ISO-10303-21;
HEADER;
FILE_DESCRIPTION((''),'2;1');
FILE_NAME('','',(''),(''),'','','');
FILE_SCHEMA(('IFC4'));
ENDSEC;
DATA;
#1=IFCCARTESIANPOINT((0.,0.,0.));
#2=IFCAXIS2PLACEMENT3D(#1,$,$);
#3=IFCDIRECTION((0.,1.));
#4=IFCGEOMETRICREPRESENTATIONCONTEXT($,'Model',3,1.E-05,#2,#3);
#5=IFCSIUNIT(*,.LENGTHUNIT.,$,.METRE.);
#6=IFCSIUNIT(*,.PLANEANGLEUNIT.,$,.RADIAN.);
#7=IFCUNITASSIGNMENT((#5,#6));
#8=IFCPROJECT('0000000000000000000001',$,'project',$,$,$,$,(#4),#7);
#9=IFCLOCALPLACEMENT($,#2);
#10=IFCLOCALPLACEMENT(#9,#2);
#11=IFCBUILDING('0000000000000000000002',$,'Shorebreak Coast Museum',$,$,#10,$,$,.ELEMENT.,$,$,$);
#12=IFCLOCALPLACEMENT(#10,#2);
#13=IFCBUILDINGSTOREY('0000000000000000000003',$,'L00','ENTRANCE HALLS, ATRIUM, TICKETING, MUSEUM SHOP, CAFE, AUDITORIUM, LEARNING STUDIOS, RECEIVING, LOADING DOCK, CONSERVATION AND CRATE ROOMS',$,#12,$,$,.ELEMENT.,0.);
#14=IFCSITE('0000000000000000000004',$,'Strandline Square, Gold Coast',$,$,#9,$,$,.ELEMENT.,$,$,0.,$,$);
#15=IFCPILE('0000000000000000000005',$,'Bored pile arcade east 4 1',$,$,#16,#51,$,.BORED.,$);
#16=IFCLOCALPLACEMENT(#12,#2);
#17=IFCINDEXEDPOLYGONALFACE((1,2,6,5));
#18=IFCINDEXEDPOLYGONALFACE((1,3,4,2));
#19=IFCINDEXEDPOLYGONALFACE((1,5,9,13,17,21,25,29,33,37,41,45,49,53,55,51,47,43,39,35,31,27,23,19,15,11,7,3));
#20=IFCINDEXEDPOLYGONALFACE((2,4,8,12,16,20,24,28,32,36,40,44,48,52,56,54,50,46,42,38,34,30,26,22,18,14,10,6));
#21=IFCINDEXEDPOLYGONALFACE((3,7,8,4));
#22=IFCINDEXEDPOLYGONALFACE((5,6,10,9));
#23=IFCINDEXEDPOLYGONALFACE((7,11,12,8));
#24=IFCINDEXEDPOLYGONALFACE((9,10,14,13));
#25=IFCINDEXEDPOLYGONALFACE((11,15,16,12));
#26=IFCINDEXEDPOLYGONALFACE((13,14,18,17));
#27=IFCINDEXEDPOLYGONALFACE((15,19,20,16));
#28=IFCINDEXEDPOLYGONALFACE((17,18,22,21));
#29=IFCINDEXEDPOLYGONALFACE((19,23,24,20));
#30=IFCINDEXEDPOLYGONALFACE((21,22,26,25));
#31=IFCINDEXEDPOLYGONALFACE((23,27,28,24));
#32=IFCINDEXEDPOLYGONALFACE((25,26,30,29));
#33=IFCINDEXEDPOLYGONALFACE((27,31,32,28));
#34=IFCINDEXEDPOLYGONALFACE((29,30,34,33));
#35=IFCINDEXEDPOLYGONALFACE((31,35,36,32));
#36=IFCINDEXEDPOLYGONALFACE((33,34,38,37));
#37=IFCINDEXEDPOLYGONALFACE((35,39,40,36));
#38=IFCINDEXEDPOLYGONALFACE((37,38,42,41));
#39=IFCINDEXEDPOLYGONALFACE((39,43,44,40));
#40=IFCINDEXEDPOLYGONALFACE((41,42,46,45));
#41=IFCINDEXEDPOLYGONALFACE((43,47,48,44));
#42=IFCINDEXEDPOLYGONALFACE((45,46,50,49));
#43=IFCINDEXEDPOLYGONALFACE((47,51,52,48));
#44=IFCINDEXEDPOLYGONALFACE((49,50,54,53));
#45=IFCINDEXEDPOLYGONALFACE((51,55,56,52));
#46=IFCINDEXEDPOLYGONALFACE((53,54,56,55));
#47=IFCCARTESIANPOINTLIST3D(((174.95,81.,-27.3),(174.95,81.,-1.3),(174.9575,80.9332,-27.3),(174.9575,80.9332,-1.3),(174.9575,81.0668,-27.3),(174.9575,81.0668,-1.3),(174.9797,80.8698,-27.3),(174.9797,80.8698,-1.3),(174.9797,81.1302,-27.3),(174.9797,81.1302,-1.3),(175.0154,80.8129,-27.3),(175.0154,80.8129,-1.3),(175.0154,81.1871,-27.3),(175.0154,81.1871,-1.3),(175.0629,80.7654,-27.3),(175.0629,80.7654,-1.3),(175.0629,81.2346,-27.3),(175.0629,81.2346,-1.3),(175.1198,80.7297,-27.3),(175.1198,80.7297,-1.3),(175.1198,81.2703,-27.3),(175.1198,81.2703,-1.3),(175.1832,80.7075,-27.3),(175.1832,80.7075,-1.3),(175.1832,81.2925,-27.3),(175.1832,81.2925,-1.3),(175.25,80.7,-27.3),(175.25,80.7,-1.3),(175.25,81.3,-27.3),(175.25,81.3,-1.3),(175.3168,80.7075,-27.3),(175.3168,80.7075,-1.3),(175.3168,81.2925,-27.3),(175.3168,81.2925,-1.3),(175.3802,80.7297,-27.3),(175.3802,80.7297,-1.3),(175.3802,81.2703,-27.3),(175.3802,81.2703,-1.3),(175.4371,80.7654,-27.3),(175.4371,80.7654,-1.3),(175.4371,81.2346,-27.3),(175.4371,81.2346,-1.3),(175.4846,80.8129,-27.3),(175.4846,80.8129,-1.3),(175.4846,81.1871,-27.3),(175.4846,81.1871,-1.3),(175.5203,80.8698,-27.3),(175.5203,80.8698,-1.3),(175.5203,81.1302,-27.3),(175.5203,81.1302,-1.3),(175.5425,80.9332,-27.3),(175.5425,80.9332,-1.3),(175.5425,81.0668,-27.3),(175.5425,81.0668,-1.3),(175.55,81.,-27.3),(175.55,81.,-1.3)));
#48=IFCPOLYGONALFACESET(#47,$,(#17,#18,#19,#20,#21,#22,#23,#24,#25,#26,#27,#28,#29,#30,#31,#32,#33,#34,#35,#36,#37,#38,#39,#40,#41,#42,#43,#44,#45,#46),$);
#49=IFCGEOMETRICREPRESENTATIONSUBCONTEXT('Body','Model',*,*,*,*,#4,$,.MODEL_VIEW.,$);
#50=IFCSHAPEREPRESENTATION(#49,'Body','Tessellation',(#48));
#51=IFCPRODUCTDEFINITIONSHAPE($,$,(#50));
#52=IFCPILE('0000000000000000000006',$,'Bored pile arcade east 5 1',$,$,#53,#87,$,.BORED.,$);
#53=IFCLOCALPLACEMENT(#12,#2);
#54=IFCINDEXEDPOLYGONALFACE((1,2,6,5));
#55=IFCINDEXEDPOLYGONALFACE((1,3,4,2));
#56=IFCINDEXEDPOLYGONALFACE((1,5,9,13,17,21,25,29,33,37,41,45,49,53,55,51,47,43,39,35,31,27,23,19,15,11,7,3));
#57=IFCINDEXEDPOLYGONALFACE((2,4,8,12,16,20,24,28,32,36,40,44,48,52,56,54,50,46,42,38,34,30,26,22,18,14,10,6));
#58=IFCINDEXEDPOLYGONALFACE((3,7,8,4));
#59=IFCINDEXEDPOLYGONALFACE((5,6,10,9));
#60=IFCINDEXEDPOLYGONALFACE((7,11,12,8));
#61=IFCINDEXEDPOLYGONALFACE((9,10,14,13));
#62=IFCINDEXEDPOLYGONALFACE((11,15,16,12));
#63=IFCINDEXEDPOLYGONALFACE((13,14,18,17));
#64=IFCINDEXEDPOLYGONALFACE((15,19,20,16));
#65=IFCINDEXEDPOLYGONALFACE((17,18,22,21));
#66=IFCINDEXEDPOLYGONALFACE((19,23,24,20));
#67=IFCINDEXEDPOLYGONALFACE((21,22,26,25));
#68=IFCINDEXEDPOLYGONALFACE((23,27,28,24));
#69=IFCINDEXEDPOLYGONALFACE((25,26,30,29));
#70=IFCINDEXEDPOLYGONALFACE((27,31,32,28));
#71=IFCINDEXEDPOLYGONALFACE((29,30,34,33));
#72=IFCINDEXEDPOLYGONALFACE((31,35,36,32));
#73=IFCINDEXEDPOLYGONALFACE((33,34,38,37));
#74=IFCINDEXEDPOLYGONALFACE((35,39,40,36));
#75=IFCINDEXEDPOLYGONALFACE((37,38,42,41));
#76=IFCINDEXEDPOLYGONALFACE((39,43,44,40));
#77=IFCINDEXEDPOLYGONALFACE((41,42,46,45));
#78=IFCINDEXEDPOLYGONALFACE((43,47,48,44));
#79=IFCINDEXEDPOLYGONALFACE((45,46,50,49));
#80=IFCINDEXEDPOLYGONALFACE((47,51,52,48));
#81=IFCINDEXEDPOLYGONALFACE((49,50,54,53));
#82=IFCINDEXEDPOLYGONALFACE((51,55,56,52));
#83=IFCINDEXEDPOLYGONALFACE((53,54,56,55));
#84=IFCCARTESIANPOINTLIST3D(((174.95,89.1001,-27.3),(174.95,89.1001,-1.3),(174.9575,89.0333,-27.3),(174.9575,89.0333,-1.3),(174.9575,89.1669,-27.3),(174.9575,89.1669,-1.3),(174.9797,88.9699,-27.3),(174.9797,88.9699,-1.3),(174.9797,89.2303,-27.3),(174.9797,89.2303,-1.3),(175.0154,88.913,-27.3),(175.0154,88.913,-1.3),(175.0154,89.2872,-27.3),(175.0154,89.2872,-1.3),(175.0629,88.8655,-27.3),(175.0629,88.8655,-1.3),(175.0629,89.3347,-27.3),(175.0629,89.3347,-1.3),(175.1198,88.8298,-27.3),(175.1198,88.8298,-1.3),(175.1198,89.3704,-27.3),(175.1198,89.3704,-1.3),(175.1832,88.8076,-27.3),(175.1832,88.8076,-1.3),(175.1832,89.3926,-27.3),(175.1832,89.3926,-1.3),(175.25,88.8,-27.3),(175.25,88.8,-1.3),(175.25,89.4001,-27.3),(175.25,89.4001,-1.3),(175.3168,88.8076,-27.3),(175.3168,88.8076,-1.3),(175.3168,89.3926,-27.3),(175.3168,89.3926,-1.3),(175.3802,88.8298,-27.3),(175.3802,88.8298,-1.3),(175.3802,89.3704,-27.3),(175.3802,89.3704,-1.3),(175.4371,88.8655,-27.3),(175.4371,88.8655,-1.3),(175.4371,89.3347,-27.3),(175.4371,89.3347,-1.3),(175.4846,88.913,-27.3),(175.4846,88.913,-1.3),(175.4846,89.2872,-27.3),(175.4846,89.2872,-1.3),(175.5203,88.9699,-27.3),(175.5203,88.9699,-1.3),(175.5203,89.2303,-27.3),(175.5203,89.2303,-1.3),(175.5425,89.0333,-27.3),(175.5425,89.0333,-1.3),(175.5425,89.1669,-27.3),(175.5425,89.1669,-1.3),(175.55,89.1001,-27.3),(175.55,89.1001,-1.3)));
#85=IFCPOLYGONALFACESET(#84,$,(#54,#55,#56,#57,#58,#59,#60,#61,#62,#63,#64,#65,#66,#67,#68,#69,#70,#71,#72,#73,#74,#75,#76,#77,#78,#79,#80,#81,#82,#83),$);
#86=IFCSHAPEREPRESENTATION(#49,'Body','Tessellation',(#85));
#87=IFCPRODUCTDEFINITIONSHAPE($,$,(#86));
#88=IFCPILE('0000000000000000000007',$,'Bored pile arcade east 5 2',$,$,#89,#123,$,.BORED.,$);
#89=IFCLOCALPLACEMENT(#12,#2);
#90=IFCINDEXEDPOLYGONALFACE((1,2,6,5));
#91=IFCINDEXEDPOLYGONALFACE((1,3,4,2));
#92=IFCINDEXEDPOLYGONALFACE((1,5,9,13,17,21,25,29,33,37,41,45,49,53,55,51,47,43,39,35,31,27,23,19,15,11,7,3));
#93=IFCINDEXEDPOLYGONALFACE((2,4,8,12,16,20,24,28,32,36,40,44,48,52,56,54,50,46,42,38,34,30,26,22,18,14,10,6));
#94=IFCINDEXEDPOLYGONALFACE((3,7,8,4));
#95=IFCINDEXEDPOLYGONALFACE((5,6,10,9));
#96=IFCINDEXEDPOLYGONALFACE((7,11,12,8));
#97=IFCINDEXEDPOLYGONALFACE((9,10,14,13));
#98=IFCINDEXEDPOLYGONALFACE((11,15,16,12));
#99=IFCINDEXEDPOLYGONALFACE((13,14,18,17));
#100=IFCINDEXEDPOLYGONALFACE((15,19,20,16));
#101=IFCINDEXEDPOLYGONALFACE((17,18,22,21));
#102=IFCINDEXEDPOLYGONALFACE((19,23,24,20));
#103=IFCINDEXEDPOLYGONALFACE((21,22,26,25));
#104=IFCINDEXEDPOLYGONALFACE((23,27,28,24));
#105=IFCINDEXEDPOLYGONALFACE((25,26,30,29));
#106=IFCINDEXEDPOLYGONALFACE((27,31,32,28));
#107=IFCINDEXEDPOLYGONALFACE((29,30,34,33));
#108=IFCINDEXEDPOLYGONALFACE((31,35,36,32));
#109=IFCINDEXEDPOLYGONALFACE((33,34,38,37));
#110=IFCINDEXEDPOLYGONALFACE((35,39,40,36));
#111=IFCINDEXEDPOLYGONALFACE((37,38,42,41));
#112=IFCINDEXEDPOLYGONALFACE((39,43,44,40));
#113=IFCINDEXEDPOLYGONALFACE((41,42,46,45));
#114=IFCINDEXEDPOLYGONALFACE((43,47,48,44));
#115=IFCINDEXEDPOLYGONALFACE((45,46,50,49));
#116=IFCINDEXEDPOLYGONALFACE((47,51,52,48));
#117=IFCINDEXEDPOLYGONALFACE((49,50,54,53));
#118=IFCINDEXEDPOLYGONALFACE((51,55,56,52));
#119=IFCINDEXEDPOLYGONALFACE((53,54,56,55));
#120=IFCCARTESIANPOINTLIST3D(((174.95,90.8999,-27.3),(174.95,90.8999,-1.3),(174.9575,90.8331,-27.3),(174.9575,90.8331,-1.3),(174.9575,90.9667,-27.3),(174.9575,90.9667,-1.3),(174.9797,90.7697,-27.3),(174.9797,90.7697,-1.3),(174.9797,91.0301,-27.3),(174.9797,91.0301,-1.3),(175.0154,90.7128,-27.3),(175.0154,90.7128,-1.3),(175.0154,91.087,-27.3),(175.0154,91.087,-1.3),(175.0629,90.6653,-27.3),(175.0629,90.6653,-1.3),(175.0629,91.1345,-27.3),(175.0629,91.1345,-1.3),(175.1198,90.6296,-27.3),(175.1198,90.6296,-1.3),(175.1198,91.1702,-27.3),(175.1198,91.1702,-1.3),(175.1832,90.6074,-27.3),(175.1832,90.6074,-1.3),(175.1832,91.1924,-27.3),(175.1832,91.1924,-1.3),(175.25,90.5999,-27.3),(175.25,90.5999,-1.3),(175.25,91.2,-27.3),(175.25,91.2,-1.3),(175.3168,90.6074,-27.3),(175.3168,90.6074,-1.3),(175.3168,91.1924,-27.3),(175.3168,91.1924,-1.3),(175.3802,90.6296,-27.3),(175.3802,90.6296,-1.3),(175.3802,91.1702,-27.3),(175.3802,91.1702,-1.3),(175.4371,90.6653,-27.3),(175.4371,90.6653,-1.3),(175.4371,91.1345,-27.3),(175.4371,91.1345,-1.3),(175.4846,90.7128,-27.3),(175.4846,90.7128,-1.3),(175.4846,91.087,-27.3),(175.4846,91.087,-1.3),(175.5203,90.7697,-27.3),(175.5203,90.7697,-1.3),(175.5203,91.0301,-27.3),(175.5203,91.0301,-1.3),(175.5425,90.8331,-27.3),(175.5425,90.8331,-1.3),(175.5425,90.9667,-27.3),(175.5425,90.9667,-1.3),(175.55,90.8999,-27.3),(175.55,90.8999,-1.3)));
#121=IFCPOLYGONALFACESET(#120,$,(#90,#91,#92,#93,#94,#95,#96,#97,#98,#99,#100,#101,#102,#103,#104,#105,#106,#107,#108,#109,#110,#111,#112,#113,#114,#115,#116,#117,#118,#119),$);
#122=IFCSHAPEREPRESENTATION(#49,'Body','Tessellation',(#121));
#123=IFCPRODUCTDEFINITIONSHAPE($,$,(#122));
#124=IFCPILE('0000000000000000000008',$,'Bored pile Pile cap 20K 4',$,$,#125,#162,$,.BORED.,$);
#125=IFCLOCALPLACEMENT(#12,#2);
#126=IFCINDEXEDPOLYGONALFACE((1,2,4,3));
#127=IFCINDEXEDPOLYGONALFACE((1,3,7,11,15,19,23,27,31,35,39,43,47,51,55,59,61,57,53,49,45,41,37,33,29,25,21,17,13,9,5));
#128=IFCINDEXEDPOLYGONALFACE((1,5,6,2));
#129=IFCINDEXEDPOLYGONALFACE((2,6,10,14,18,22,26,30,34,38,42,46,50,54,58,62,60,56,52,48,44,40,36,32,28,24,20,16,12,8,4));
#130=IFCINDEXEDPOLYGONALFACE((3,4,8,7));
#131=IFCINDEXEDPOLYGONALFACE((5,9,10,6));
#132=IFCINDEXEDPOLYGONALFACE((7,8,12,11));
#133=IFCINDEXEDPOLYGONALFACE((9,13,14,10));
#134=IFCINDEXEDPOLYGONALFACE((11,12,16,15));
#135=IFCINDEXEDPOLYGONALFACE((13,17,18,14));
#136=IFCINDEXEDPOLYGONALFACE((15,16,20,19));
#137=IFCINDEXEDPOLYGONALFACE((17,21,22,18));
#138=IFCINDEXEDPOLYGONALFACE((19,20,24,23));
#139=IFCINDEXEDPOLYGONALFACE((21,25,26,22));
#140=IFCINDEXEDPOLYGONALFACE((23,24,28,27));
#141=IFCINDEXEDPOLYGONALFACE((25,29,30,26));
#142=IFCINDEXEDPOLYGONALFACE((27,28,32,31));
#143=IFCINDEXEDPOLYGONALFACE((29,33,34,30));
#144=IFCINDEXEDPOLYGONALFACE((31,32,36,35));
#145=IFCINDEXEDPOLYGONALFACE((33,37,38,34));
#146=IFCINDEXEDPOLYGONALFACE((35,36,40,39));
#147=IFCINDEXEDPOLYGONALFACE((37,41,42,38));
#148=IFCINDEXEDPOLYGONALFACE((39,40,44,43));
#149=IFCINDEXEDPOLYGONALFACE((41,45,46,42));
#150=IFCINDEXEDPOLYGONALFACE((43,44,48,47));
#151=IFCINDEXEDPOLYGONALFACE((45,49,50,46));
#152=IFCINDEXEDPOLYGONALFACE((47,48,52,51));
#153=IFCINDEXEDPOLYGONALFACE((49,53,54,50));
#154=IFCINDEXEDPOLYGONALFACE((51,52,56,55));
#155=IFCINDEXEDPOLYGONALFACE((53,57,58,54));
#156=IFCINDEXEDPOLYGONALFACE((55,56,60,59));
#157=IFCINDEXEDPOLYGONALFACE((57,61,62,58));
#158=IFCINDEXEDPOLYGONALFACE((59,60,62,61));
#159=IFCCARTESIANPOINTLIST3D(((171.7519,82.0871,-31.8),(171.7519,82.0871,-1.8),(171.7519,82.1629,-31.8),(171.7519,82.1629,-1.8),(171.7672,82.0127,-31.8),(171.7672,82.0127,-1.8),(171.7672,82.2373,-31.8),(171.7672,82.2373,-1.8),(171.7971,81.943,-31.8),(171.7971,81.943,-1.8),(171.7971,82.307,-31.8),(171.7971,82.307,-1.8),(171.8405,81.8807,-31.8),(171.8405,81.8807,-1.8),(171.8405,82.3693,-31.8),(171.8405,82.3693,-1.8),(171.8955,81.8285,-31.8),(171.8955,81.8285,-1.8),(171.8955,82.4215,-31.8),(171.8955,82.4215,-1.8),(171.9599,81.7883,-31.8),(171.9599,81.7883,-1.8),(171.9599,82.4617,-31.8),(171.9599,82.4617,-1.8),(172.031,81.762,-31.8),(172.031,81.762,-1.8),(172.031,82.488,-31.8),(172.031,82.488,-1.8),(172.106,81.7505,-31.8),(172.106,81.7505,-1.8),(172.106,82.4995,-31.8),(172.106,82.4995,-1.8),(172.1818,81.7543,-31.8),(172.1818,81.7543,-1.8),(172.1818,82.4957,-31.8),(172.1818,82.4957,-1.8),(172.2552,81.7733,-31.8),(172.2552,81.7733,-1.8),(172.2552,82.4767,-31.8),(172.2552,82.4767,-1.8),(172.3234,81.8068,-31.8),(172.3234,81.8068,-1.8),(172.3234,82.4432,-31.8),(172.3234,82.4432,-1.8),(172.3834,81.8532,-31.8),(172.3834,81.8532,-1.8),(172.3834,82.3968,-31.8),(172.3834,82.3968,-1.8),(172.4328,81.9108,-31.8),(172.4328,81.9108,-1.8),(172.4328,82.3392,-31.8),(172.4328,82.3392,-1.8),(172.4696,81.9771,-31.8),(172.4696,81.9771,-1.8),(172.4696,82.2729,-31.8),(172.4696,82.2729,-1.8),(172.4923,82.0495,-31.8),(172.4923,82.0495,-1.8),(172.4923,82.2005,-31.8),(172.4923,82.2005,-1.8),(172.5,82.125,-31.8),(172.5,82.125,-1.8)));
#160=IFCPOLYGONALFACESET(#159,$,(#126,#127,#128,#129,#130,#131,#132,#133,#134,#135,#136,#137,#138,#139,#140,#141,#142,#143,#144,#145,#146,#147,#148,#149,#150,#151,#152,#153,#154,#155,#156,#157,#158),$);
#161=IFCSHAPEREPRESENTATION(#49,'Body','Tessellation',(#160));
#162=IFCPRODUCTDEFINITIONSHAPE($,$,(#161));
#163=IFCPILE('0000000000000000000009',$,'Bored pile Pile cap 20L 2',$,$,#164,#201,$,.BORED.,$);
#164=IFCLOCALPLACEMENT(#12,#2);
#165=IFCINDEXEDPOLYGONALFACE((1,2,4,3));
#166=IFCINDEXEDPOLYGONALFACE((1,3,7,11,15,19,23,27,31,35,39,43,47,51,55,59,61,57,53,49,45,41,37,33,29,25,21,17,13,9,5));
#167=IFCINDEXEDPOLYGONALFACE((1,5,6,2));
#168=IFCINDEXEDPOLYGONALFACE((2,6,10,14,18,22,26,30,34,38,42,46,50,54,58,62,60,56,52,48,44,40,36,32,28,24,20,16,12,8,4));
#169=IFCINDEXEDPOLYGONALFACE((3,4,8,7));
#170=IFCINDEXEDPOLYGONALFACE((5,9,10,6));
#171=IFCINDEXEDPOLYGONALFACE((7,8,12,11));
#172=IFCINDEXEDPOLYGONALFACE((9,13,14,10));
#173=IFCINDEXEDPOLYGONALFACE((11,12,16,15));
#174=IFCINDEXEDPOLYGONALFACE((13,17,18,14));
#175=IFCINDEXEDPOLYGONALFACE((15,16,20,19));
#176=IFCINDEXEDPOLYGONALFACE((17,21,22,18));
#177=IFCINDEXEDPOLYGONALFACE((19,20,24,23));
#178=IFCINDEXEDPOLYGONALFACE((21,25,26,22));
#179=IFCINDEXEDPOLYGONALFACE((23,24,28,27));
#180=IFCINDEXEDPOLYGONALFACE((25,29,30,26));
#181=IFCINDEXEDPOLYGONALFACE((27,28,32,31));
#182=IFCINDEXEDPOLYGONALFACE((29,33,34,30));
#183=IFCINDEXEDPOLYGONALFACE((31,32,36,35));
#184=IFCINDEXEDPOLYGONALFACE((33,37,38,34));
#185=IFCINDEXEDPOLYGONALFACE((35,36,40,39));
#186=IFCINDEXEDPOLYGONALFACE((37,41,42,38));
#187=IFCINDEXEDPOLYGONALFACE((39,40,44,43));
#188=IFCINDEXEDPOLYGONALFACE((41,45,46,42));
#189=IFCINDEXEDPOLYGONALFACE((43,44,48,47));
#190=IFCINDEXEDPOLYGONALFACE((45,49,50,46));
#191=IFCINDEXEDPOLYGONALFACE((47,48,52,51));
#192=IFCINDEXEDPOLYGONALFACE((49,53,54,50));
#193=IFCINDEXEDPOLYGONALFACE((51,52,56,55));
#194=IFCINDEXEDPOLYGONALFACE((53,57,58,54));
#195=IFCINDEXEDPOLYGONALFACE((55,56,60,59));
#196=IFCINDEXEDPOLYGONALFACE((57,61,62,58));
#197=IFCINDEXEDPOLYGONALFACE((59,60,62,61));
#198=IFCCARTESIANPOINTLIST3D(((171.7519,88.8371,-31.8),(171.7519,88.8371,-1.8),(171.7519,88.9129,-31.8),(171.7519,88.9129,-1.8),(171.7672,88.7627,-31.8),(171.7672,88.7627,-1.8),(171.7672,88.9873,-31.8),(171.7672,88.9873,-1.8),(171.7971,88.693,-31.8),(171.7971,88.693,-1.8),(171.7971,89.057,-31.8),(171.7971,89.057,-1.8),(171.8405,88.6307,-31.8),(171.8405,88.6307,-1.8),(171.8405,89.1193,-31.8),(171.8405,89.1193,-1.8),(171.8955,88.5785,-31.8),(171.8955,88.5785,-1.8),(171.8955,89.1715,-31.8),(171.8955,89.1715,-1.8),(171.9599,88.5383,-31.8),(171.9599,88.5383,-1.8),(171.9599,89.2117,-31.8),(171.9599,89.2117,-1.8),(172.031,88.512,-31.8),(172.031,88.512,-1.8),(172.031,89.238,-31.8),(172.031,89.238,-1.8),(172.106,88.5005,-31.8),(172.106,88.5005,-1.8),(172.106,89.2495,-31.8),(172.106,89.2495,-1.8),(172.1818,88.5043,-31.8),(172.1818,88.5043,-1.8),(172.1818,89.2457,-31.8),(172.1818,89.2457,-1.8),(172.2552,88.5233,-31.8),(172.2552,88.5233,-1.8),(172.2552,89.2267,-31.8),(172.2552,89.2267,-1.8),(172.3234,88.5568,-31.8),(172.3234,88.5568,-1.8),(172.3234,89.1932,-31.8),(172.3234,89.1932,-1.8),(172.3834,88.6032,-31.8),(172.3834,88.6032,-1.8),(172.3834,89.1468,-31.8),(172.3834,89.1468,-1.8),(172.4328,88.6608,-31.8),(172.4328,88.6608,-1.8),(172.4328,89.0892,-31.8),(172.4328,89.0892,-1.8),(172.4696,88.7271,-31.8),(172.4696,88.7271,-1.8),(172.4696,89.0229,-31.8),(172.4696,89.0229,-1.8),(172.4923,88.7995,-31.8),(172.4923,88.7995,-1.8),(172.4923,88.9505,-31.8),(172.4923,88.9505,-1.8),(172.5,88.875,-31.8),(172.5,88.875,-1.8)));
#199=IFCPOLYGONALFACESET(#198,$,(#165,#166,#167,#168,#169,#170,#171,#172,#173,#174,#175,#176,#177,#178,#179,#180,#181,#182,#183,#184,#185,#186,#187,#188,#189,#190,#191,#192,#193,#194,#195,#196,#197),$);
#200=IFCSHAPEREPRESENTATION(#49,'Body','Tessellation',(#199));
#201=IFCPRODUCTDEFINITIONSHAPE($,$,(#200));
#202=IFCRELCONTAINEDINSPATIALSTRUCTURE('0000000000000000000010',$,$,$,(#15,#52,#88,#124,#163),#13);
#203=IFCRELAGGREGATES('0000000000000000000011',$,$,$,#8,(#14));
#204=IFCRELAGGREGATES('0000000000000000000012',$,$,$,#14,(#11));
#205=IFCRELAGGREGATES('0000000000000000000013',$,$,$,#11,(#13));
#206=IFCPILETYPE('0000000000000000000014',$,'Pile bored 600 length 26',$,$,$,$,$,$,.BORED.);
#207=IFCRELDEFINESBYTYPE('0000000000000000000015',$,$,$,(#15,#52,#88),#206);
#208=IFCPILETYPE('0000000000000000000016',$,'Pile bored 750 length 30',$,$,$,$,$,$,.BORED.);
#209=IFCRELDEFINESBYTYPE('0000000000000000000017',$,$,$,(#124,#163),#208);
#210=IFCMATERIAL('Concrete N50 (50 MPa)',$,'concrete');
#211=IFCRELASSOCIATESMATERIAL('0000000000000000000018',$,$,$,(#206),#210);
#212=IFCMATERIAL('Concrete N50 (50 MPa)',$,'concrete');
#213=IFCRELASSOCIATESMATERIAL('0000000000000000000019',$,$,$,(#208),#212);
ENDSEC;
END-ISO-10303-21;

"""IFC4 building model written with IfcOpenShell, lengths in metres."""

from ifc_helpers import new_model, si_unit, direction, frame, origin, origin_2d, place, context, subcontext, project, spatial, circle, extrude, material, material_profile, profile_set, type_object, element, save


model = new_model("IFC4")

# Units and contexts
model_context = context("Model", 3, precision=1e-05, world=origin(), true_north=direction((0.0, 1.0)))
body_context = subcontext(model_context, "Body", "Model", "MODEL_VIEW")
ifc_project = project(units=[si_unit("LENGTHUNIT", "METRE"), si_unit("PLANEANGLEUNIT", "RADIAN")], contexts=[model_context])

# Site, building, storey
site_placement = place(None, origin())
site = spatial("IfcSite", under=ifc_project, at=site_placement, Name="Strandline Square, Gold Coast", CompositionType="ELEMENT", RefElevation=0.0)
building_placement = place(site_placement, origin())
building = spatial("IfcBuilding", under=site, at=building_placement, Name="Shorebreak Coast Museum", CompositionType="ELEMENT")
storey_placement = place(building_placement, origin())
storey = spatial("IfcBuildingStorey", under=building, at=storey_placement, Name="L00", Description="ENTRANCE HALLS, ATRIUM, TICKETING, MUSEUM SHOP, CAFE, AUDITORIUM, LEARNING STUDIOS, RECEIVING, LOADING DOCK, CONSERVATION AND CRATE ROOMS", CompositionType="ELEMENT", Elevation=0.0)

# Piles
ifc_material_1 = material(Name="Concrete N50 (50 MPa)", Category="concrete")
ifc_material_profile_1 = material_profile(ifc_material_1, circle(Radius=0.3, at=origin_2d()), Name="Pile bored 600 length 26")
ifc_profile_set_1 = profile_set([ifc_material_profile_1], Name="Concrete N50 (50 MPa)")
pile_type_1 = type_object("IfcPileType", Name="Pile bored 600 length 26", PredefinedType="BORED", material=ifc_profile_set_1)
for number, where, z_axis, x_axis, name in (
    (1, (175.25, 81.0, -1.3), (0.0, 0.0, -1.0), (1.0, 0.0, 0.0), "Bored pile arcade east 4 1"),
    (2, (175.25, 89.1001, -1.3), (0.0, 0.0, -1.0), (1.0, 0.0, 0.0), "Bored pile arcade east 5 1"),
    (3, (175.25, 90.8999, -1.3), (0.0, 0.0, -1.0), (1.0, 0.0, 0.0), "Bored pile arcade east 5 2"),
):
    element("IfcPile", number, at=place(storey_placement, frame(where, z_axis=z_axis, x_axis=x_axis)), inside=storey, type_object=pile_type_1, Name=name, PredefinedType="BORED", context=body_context, shape_type="SweptSolid", body=[
        extrude(circle(Radius=0.3, at=origin_2d()), origin(), (0.0, 0.0, 1.0), 26.0),
    ])
ifc_material_2 = material(Name="Concrete N50 (50 MPa)", Category="concrete")
ifc_material_profile_2 = material_profile(ifc_material_2, circle(Radius=0.375, at=origin_2d()), Name="Pile bored 750 length 30")
ifc_profile_set_2 = profile_set([ifc_material_profile_2], Name="Concrete N50 (50 MPa)")
pile_type_2 = type_object("IfcPileType", Name="Pile bored 750 length 30", PredefinedType="BORED", material=ifc_profile_set_2)
for number, where, z_axis, x_axis, name in (
    (4, (172.125, 82.125, -1.8), (0.0, 0.0, -1.0), (1.0, 0.0, 0.0), "Bored pile Pile cap 20K 4"),
    (5, (172.125, 88.875, -1.8), (0.0, 0.0, -1.0), (1.0, 0.0, 0.0), "Bored pile Pile cap 20L 2"),
):
    element("IfcPile", number, at=place(storey_placement, frame(where, z_axis=z_axis, x_axis=x_axis)), inside=storey, type_object=pile_type_2, Name=name, PredefinedType="BORED", context=body_context, shape_type="SweptSolid", body=[
        extrude(circle(Radius=0.375, at=origin_2d()), origin(), (0.0, 0.0, 1.0), 30.0),
    ])

save(model, "model.ifc")
